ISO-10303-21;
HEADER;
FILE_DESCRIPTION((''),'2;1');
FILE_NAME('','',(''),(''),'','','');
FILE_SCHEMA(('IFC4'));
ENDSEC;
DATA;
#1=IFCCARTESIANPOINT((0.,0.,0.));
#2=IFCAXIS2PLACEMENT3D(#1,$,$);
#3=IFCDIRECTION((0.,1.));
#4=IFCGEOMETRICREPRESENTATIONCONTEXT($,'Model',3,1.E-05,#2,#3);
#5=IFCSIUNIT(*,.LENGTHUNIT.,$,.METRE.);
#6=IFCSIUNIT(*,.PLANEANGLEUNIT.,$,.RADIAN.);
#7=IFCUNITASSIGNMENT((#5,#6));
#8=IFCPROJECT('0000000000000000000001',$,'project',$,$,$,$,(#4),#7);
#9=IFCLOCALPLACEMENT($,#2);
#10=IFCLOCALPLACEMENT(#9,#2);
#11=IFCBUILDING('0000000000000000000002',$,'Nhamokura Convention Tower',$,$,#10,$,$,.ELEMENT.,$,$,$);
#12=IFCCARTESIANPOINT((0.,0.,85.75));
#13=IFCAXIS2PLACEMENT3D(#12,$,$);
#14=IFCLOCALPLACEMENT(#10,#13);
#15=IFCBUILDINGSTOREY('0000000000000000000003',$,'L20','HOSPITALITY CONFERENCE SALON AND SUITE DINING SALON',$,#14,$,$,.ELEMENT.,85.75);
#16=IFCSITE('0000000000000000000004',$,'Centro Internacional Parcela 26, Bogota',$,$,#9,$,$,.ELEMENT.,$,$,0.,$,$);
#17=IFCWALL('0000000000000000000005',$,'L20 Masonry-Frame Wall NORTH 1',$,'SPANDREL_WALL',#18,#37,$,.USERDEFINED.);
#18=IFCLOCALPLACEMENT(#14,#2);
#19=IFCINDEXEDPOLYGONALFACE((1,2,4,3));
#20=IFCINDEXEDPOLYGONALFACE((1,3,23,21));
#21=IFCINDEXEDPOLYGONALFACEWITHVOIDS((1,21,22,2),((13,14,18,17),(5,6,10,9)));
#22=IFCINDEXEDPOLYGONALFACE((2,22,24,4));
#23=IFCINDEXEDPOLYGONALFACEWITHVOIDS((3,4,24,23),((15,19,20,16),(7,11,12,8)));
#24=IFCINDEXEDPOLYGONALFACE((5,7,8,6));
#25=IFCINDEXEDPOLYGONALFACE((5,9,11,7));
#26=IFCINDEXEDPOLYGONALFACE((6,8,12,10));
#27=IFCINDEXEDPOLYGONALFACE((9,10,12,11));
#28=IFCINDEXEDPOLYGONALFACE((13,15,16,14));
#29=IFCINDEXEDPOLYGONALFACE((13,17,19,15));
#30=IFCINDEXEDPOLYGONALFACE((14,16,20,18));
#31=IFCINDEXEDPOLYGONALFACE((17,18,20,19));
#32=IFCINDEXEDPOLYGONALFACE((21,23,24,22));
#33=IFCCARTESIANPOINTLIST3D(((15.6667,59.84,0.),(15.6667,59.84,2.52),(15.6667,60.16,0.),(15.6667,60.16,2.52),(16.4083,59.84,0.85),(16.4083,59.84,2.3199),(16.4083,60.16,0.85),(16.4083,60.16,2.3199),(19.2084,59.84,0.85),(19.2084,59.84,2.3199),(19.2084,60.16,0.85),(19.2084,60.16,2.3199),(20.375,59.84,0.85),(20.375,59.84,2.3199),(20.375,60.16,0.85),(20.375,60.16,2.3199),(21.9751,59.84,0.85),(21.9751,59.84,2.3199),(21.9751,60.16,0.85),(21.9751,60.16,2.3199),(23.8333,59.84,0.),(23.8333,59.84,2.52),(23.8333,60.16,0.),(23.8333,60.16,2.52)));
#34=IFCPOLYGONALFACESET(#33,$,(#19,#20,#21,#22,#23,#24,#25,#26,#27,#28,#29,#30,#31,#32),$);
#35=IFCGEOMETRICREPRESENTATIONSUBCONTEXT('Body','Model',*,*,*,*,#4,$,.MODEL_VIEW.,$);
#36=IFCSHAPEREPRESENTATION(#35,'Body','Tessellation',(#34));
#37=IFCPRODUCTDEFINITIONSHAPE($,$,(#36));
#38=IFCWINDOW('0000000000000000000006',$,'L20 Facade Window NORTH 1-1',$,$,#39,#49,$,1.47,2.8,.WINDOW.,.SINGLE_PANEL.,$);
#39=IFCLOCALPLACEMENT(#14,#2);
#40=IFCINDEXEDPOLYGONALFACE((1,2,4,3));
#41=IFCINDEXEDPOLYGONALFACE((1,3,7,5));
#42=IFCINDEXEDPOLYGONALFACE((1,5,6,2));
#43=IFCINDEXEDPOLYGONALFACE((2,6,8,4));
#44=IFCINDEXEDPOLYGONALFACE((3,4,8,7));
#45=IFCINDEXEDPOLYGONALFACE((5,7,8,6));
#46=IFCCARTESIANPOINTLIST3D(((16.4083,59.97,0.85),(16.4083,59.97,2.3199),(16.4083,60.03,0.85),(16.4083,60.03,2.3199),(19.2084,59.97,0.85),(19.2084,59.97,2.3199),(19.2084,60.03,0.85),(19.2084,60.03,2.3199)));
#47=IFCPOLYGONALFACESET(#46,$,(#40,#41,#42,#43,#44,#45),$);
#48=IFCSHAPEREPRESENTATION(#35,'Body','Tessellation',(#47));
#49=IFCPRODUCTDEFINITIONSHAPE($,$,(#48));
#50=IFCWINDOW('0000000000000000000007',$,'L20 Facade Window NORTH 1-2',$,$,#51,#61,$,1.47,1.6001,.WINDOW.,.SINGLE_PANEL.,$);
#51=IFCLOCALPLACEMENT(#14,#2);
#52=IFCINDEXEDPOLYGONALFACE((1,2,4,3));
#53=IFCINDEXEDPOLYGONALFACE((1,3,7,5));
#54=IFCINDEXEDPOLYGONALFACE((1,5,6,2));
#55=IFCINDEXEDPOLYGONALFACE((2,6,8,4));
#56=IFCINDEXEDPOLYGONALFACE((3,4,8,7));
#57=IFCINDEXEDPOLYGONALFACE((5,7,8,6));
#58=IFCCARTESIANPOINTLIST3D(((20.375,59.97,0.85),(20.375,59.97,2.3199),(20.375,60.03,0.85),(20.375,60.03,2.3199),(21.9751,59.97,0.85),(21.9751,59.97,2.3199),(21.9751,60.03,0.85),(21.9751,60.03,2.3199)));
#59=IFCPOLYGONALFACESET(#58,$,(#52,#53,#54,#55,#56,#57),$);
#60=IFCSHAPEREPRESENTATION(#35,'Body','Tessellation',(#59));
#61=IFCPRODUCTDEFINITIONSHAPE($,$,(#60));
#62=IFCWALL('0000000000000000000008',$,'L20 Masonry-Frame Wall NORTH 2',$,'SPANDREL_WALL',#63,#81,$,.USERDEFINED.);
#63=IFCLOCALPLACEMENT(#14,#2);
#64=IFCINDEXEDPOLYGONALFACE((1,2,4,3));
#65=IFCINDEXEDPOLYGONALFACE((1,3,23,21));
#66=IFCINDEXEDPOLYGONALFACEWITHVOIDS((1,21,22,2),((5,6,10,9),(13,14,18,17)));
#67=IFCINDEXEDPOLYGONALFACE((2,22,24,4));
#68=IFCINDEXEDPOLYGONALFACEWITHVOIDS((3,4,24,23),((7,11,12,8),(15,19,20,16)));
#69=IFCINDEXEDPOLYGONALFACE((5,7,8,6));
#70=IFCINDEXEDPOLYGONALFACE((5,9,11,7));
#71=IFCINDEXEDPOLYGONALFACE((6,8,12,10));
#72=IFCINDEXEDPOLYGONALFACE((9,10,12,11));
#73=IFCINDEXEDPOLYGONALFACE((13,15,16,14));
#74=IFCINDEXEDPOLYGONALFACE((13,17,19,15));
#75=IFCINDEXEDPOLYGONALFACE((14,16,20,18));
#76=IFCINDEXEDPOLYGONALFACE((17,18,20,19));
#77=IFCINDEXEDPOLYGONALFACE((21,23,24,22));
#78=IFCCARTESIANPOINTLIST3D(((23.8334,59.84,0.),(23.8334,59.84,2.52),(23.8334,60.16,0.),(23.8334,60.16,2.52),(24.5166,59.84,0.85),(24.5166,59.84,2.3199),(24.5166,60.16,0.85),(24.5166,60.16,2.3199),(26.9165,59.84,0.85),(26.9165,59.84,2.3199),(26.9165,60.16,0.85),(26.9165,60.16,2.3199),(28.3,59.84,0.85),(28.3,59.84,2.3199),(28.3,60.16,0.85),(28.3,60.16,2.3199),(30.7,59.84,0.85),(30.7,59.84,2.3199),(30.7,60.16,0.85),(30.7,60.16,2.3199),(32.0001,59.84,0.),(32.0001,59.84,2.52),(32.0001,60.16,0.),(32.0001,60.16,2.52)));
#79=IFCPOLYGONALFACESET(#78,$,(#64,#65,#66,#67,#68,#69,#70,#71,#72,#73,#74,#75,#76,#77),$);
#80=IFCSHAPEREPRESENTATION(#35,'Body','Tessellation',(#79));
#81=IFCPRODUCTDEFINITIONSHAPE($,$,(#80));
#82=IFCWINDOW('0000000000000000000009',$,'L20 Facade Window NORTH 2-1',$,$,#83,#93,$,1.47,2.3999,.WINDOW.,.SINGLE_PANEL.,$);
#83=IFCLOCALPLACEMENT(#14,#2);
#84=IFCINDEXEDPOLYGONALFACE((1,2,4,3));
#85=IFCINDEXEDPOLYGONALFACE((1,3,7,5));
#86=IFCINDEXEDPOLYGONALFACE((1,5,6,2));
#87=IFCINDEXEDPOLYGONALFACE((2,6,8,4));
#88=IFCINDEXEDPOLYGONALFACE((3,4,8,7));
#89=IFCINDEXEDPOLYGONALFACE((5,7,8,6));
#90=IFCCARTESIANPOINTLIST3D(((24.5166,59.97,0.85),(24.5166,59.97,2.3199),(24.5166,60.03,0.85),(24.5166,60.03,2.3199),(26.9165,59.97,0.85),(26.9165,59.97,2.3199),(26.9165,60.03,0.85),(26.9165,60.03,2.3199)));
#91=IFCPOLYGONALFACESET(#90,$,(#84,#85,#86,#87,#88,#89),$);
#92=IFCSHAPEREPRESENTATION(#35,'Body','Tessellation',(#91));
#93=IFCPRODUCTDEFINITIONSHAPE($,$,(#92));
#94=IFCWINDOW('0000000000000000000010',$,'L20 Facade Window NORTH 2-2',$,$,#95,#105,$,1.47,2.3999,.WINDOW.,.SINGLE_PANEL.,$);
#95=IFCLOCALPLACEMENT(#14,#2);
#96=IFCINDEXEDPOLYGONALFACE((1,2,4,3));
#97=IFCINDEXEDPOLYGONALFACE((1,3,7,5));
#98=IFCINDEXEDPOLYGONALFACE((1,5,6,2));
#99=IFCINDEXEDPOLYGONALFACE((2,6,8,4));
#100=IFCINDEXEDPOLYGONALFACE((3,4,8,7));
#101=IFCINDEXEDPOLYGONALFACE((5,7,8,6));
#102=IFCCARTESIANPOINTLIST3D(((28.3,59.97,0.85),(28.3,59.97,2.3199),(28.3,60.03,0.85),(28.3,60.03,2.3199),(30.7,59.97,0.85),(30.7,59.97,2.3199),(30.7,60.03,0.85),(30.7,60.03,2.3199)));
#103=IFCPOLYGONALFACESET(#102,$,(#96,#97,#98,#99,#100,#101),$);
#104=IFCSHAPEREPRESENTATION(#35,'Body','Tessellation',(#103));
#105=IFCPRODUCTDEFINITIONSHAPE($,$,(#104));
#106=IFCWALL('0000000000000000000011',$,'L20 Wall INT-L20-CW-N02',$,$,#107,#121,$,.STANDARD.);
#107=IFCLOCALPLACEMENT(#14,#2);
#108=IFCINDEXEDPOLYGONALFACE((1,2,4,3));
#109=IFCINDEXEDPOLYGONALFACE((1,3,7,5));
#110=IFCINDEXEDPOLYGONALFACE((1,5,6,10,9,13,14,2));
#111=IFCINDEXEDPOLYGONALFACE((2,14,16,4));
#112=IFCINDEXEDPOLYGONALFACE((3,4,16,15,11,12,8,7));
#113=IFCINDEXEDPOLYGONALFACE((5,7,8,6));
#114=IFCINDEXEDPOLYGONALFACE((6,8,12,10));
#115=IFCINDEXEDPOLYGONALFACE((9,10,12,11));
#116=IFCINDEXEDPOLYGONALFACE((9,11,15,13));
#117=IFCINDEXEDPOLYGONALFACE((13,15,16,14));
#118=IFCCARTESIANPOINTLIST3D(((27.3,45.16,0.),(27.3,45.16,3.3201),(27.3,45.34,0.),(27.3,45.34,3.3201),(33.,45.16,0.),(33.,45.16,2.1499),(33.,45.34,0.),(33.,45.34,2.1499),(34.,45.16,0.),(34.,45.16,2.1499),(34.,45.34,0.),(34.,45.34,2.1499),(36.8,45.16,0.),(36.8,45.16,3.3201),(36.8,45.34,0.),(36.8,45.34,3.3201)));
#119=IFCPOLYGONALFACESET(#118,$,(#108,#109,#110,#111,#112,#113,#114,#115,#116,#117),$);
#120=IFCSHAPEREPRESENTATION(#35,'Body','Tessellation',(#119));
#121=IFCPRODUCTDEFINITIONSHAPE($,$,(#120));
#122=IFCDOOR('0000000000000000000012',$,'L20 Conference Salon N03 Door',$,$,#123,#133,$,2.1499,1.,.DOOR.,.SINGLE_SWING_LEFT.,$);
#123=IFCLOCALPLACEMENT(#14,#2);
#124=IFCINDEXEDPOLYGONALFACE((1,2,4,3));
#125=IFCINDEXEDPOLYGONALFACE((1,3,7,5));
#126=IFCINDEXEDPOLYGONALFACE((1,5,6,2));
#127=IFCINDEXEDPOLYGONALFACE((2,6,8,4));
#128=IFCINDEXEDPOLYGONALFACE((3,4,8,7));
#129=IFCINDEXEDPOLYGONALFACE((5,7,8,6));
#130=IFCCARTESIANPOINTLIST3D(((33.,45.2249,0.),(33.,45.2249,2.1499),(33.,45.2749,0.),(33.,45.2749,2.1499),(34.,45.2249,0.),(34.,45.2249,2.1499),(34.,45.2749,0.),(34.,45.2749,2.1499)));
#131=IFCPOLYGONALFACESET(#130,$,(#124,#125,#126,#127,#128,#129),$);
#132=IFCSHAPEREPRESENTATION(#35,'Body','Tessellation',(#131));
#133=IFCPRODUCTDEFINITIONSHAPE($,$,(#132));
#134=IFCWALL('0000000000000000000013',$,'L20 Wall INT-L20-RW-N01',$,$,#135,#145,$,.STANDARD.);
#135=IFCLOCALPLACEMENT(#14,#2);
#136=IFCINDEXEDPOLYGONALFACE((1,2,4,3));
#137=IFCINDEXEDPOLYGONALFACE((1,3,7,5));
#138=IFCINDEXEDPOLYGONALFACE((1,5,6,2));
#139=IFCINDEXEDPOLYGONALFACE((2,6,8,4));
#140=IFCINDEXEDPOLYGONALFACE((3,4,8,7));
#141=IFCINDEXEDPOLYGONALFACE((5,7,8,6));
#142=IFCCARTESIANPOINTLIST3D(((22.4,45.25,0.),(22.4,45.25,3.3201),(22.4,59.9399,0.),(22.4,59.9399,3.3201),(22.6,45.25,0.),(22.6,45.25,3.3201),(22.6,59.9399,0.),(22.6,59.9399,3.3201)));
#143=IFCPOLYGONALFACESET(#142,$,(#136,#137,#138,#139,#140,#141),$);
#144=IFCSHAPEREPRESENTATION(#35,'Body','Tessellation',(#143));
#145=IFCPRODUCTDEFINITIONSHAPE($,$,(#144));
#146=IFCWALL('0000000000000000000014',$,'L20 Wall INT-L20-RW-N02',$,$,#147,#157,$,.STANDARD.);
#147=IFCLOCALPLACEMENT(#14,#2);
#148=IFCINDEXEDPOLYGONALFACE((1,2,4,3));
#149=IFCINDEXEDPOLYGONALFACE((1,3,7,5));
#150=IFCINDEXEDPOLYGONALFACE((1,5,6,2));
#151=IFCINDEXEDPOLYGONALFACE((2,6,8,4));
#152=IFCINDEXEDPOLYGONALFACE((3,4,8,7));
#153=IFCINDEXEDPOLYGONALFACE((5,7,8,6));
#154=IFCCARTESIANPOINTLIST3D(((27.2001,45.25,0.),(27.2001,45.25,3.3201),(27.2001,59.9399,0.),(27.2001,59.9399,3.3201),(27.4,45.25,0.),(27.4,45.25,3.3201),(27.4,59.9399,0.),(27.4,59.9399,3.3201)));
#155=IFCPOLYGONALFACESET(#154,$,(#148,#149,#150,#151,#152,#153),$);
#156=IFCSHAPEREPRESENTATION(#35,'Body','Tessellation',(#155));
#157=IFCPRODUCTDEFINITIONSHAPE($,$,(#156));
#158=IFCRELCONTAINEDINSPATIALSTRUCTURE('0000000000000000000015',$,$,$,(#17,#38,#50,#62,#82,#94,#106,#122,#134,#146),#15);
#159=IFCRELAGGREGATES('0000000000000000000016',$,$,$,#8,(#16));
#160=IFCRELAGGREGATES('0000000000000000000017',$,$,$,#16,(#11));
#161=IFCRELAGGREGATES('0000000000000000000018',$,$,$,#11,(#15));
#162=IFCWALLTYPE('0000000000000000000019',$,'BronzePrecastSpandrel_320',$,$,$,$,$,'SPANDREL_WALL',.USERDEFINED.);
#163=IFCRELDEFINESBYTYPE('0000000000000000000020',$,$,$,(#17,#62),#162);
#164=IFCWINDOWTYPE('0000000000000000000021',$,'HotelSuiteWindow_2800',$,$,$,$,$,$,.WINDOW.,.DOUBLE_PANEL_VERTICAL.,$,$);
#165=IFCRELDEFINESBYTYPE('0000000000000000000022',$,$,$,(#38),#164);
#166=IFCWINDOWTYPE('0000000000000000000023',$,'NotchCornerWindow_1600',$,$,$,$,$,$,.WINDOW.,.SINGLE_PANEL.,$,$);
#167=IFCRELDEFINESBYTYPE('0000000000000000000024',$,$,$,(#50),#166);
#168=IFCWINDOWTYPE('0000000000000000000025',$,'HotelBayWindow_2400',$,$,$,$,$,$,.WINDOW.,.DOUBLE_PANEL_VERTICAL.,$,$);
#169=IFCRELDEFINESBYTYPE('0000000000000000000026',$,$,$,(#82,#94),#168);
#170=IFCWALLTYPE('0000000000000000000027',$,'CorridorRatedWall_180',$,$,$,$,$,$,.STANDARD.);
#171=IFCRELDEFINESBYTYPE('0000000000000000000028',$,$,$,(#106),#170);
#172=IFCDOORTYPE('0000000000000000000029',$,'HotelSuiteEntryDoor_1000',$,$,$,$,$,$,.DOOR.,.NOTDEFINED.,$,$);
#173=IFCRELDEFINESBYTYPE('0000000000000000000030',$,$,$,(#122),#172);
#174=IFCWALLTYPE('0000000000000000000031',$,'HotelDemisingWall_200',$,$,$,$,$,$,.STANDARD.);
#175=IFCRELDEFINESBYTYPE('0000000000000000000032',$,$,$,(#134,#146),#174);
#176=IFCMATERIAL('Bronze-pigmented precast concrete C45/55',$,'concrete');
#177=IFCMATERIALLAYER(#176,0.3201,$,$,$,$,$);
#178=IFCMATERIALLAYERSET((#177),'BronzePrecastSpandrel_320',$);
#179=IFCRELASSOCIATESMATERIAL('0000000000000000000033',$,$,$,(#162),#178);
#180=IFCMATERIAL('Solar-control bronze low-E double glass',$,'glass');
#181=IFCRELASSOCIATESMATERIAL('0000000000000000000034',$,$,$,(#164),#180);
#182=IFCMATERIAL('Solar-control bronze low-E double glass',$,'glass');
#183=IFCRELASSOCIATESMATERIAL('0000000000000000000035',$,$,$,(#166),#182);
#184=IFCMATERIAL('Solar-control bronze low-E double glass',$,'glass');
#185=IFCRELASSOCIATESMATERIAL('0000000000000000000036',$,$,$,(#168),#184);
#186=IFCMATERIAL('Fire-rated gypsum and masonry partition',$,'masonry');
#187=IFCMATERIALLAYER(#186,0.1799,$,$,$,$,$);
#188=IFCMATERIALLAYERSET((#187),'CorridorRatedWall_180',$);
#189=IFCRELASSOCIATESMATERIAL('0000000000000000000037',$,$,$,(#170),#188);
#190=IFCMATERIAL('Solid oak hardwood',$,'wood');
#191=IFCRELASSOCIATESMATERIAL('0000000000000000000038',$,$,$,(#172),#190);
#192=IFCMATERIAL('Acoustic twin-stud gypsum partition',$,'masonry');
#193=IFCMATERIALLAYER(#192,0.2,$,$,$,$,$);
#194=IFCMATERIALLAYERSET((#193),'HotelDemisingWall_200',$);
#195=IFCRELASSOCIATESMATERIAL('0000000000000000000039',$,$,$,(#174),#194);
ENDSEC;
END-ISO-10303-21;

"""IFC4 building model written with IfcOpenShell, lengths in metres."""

from ifc_helpers import new_model, si_unit, direction, frame, frame_2d, origin, place, context, subcontext, project, spatial, rectangle, extrude, material, layer, layer_set, type_object, element, fill, save


model = new_model("IFC4")

# Units and contexts
model_context = context("Model", 3, precision=1e-05, world=origin(), true_north=direction((0.0, 1.0)))
body_context = subcontext(model_context, "Body", "Model", "MODEL_VIEW")
ifc_project = project(units=[si_unit("LENGTHUNIT", "METRE"), si_unit("PLANEANGLEUNIT", "RADIAN")], contexts=[model_context])

# Site, building, storey
site_placement = place(None, origin())
site = spatial("IfcSite", under=ifc_project, at=site_placement, Name="Centro Internacional Parcela 26, Bogota", CompositionType="ELEMENT", RefElevation=0.0)
building_placement = place(site_placement, origin())
building = spatial("IfcBuilding", under=site, at=building_placement, Name="Nhamokura Convention Tower", CompositionType="ELEMENT")
storey_placement = place(building_placement, frame((0.0, 0.0, 85.75)))
storey = spatial("IfcBuildingStorey", under=building, at=storey_placement, Name="L20", Description="HOSPITALITY CONFERENCE SALON AND SUITE DINING SALON", CompositionType="ELEMENT", Elevation=85.75)

# Shared definitions
ifc_material_1 = material(Name="Bronze-pigmented precast concrete C45/55", Category="concrete")
ifc_layer_1 = layer(ifc_material_1, 0.3201)
ifc_layer_set_1 = layer_set([ifc_layer_1], Name="BronzePrecastSpandrel_320")
wall_type_1 = type_object("IfcWallType", Name="BronzePrecastSpandrel_320", ElementType="SPANDREL_WALL", PredefinedType="USERDEFINED", material=ifc_layer_set_1)

# Walls, openings, windows
wall_1_placement = place(storey_placement, frame((15.6667, 60.0, 0.0), z_axis=(0.0, 0.0, 1.0), x_axis=(1.0, 0.0, 0.0)))
wall_1 = element("IfcWall", 1, at=wall_1_placement, inside=storey, type_object=wall_type_1, Name="L20 Masonry-Frame Wall NORTH 1", ObjectType="SPANDREL_WALL", PredefinedType="USERDEFINED", context=body_context, shape_type="SweptSolid", body=[
    extrude(rectangle(XDim=8.1665, YDim=0.3201, at=frame_2d((4.0833, 0.0))), origin(), (0.0, 0.0, 1.0), 2.52),
])
opening_1_placement = place(wall_1_placement, frame((0.7417, 0.0, 0.8501)))
opening_1 = element("IfcOpeningElement", 2, at=opening_1_placement, cuts=wall_1, PredefinedType="OPENING", context=body_context, shape_type="SweptSolid", body=[
    extrude(rectangle(XDim=2.8, YDim=1.47, at=frame_2d((1.3999, 0.7349))), frame((0.0, 0.1699, 0.0), z_axis=(0.0, -1.0, 0.0), x_axis=(1.0, 0.0, 0.0)), (0.0, 0.0, 1.0), 0.3401),
])
opening_2_placement = place(wall_1_placement, frame((4.7083, 0.0, 0.8501)))
opening_2 = element("IfcOpeningElement", 3, at=opening_2_placement, cuts=wall_1, PredefinedType="OPENING", context=body_context, shape_type="SweptSolid", body=[
    extrude(rectangle(XDim=1.6001, YDim=1.47, at=frame_2d((0.8, 0.7349))), frame((0.0, 0.1699, 0.0), z_axis=(0.0, -1.0, 0.0), x_axis=(1.0, 0.0, 0.0)), (0.0, 0.0, 1.0), 0.3401),
])
ifc_material_2 = material(Name="Solar-control bronze low-E double glass", Category="glass")
window_type_1 = type_object("IfcWindowType", Name="HotelSuiteWindow_2800", PartitioningType="DOUBLE_PANEL_VERTICAL", PredefinedType="WINDOW", material=ifc_material_2)
window_1_placement = place(opening_1_placement, origin())
window_1 = element("IfcWindow", 4, at=window_1_placement, inside=storey, type_object=window_type_1, Name="L20 Facade Window NORTH 1-1", OverallHeight=1.47, OverallWidth=2.8, PartitioningType="SINGLE_PANEL", PredefinedType="WINDOW", context=body_context, shape_type="SweptSolid", body=[
    extrude(rectangle(XDim=2.8, YDim=1.47, at=frame_2d((1.3999, 0.7349))), frame((0.0, 0.03, 0.0), z_axis=(0.0, -1.0, 0.0), x_axis=(1.0, 0.0, 0.0)), (0.0, 0.0, 1.0), 0.0601),
])
fill(opening_1, window_1)
ifc_material_3 = material(Name="Solar-control bronze low-E double glass", Category="glass")
window_type_2 = type_object("IfcWindowType", Name="NotchCornerWindow_1600", PartitioningType="SINGLE_PANEL", PredefinedType="WINDOW", material=ifc_material_3)
window_2_placement = place(opening_2_placement, origin())
window_2 = element("IfcWindow", 5, at=window_2_placement, inside=storey, type_object=window_type_2, Name="L20 Facade Window NORTH 1-2", OverallHeight=1.47, OverallWidth=1.6001, PartitioningType="SINGLE_PANEL", PredefinedType="WINDOW", context=body_context, shape_type="SweptSolid", body=[
    extrude(rectangle(XDim=1.6001, YDim=1.47, at=frame_2d((0.8, 0.7349))), frame((0.0, 0.03, 0.0), z_axis=(0.0, -1.0, 0.0), x_axis=(1.0, 0.0, 0.0)), (0.0, 0.0, 1.0), 0.0601),
])
fill(opening_2, window_2)
wall_2_placement = place(storey_placement, frame((23.8333, 60.0, 0.0), z_axis=(0.0, 0.0, 1.0), x_axis=(1.0, 0.0, 0.0)))
wall_2 = element("IfcWall", 6, at=wall_2_placement, inside=storey, type_object=wall_type_1, Name="L20 Masonry-Frame Wall NORTH 2", ObjectType="SPANDREL_WALL", PredefinedType="USERDEFINED", context=body_context, shape_type="SweptSolid", body=[
    extrude(rectangle(XDim=8.1667, YDim=0.3201, at=frame_2d((4.0835, 0.0))), origin(), (0.0, 0.0, 1.0), 2.52),
])
opening_3_placement = place(wall_2_placement, frame((0.6833, 0.0, 0.8501)))
opening_3 = element("IfcOpeningElement", 7, at=opening_3_placement, cuts=wall_2, PredefinedType="OPENING", context=body_context, shape_type="SweptSolid", body=[
    extrude(rectangle(XDim=2.3999, YDim=1.47, at=frame_2d((1.2, 0.7349))), frame((0.0, 0.1699, 0.0), z_axis=(0.0, -1.0, 0.0), x_axis=(1.0, 0.0, 0.0)), (0.0, 0.0, 1.0), 0.3401),
])
opening_4_placement = place(wall_2_placement, frame((4.4668, 0.0, 0.8501)))
opening_4 = element("IfcOpeningElement", 8, at=opening_4_placement, cuts=wall_2, PredefinedType="OPENING", context=body_context, shape_type="SweptSolid", body=[
    extrude(rectangle(XDim=2.3999, YDim=1.47, at=frame_2d((1.2, 0.7349))), frame((0.0, 0.1699, 0.0), z_axis=(0.0, -1.0, 0.0), x_axis=(1.0, 0.0, 0.0)), (0.0, 0.0, 1.0), 0.3401),
])
ifc_material_4 = material(Name="Solar-control bronze low-E double glass", Category="glass")
window_type_3 = type_object("IfcWindowType", Name="HotelBayWindow_2400", PartitioningType="DOUBLE_PANEL_VERTICAL", PredefinedType="WINDOW", material=ifc_material_4)
window_3_placement = place(opening_3_placement, origin())
window_3 = element("IfcWindow", 9, at=window_3_placement, inside=storey, type_object=window_type_3, Name="L20 Facade Window NORTH 2-1", OverallHeight=1.47, OverallWidth=2.3999, PartitioningType="SINGLE_PANEL", PredefinedType="WINDOW", context=body_context, shape_type="SweptSolid", body=[
    extrude(rectangle(XDim=2.3999, YDim=1.47, at=frame_2d((1.2, 0.7349))), frame((0.0, 0.03, 0.0), z_axis=(0.0, -1.0, 0.0), x_axis=(1.0, 0.0, 0.0)), (0.0, 0.0, 1.0), 0.0601),
])
fill(opening_3, window_3)
window_4_placement = place(opening_4_placement, origin())
window_4 = element("IfcWindow", 10, at=window_4_placement, inside=storey, type_object=window_type_3, Name="L20 Facade Window NORTH 2-2", OverallHeight=1.47, OverallWidth=2.3999, PartitioningType="SINGLE_PANEL", PredefinedType="WINDOW", context=body_context, shape_type="SweptSolid", body=[
    extrude(rectangle(XDim=2.3999, YDim=1.47, at=frame_2d((1.2, 0.7349))), frame((0.0, 0.03, 0.0), z_axis=(0.0, -1.0, 0.0), x_axis=(1.0, 0.0, 0.0)), (0.0, 0.0, 1.0), 0.0601),
])
fill(opening_4, window_4)

# Wall, opening, door
ifc_material_5 = material(Name="Fire-rated gypsum and masonry partition", Category="masonry")
ifc_layer_2 = layer(ifc_material_5, 0.1799)
ifc_layer_set_2 = layer_set([ifc_layer_2], Name="CorridorRatedWall_180")
wall_type_2 = type_object("IfcWallType", Name="CorridorRatedWall_180", PredefinedType="STANDARD", material=ifc_layer_set_2)
ifc_material_6 = material(Name="Solid oak hardwood", Category="wood")
door_type = type_object("IfcDoorType", Name="HotelSuiteEntryDoor_1000", OperationType="NOTDEFINED", PredefinedType="DOOR", material=ifc_material_6)
wall_3_placement = place(storey_placement, frame((27.3, 45.25, 0.0), z_axis=(0.0, 0.0, 1.0), x_axis=(1.0, 0.0, 0.0)))
wall_3 = element("IfcWall", 11, at=wall_3_placement, inside=storey, type_object=wall_type_2, Name="L20 Wall INT-L20-CW-N02", PredefinedType="STANDARD", context=body_context, shape_type="SweptSolid", body=[
    extrude(rectangle(XDim=9.5, YDim=0.1799, at=frame_2d((4.75, 0.0))), origin(), (0.0, 0.0, 1.0), 3.3201),
])
opening_5_placement = place(wall_3_placement, frame((5.7, 0.0, 0.0)))
opening_5 = element("IfcOpeningElement", 12, at=opening_5_placement, cuts=wall_3, PredefinedType="OPENING", context=body_context, shape_type="SweptSolid", body=[
    extrude(rectangle(XDim=1.0, YDim=2.1499, at=frame_2d((0.5, 1.075))), frame((0.0, 0.0999, 0.0), z_axis=(0.0, -1.0, 0.0), x_axis=(1.0, 0.0, 0.0)), (0.0, 0.0, 1.0), 0.2),
])
door_1_placement = place(opening_5_placement, origin())
door_1 = element("IfcDoor", 13, at=door_1_placement, inside=storey, type_object=door_type, Name="L20 Conference Salon N03 Door", OperationType="SINGLE_SWING_LEFT", OverallHeight=2.1499, OverallWidth=1.0, PredefinedType="DOOR", context=body_context, shape_type="SweptSolid", body=[
    extrude(rectangle(XDim=1.0, YDim=2.1499, at=frame_2d((0.5, 1.075))), frame((0.0, 0.0249, 0.0), z_axis=(0.0, -1.0, 0.0), x_axis=(1.0, 0.0, 0.0)), (0.0, 0.0, 1.0), 0.05),
])
fill(opening_5, door_1)

# Walls
ifc_material_7 = material(Name="Acoustic twin-stud gypsum partition", Category="masonry")
ifc_layer_3 = layer(ifc_material_7, 0.2)
ifc_layer_set_3 = layer_set([ifc_layer_3], Name="HotelDemisingWall_200")
wall_type_3 = type_object("IfcWallType", Name="HotelDemisingWall_200", PredefinedType="STANDARD", material=ifc_layer_set_3)
for number, where, z_axis, x_axis, name in (
    (14, (22.5, 45.25, 0.0), (0.0, 0.0, 1.0), (0.0, 1.0, 0.0), "L20 Wall INT-L20-RW-N01"),
    (15, (27.3, 45.25, 0.0), (0.0, 0.0, 1.0), (0.0, 1.0, 0.0), "L20 Wall INT-L20-RW-N02"),
):
    element("IfcWall", number, at=place(storey_placement, frame(where, z_axis=z_axis, x_axis=x_axis)), inside=storey, type_object=wall_type_3, Name=name, PredefinedType="STANDARD", context=body_context, shape_type="SweptSolid", body=[
        extrude(rectangle(XDim=14.6899, YDim=0.2, at=frame_2d((7.345, 0.0))), origin(), (0.0, 0.0, 1.0), 3.3201),
    ])

save(model, "model.ifc")
